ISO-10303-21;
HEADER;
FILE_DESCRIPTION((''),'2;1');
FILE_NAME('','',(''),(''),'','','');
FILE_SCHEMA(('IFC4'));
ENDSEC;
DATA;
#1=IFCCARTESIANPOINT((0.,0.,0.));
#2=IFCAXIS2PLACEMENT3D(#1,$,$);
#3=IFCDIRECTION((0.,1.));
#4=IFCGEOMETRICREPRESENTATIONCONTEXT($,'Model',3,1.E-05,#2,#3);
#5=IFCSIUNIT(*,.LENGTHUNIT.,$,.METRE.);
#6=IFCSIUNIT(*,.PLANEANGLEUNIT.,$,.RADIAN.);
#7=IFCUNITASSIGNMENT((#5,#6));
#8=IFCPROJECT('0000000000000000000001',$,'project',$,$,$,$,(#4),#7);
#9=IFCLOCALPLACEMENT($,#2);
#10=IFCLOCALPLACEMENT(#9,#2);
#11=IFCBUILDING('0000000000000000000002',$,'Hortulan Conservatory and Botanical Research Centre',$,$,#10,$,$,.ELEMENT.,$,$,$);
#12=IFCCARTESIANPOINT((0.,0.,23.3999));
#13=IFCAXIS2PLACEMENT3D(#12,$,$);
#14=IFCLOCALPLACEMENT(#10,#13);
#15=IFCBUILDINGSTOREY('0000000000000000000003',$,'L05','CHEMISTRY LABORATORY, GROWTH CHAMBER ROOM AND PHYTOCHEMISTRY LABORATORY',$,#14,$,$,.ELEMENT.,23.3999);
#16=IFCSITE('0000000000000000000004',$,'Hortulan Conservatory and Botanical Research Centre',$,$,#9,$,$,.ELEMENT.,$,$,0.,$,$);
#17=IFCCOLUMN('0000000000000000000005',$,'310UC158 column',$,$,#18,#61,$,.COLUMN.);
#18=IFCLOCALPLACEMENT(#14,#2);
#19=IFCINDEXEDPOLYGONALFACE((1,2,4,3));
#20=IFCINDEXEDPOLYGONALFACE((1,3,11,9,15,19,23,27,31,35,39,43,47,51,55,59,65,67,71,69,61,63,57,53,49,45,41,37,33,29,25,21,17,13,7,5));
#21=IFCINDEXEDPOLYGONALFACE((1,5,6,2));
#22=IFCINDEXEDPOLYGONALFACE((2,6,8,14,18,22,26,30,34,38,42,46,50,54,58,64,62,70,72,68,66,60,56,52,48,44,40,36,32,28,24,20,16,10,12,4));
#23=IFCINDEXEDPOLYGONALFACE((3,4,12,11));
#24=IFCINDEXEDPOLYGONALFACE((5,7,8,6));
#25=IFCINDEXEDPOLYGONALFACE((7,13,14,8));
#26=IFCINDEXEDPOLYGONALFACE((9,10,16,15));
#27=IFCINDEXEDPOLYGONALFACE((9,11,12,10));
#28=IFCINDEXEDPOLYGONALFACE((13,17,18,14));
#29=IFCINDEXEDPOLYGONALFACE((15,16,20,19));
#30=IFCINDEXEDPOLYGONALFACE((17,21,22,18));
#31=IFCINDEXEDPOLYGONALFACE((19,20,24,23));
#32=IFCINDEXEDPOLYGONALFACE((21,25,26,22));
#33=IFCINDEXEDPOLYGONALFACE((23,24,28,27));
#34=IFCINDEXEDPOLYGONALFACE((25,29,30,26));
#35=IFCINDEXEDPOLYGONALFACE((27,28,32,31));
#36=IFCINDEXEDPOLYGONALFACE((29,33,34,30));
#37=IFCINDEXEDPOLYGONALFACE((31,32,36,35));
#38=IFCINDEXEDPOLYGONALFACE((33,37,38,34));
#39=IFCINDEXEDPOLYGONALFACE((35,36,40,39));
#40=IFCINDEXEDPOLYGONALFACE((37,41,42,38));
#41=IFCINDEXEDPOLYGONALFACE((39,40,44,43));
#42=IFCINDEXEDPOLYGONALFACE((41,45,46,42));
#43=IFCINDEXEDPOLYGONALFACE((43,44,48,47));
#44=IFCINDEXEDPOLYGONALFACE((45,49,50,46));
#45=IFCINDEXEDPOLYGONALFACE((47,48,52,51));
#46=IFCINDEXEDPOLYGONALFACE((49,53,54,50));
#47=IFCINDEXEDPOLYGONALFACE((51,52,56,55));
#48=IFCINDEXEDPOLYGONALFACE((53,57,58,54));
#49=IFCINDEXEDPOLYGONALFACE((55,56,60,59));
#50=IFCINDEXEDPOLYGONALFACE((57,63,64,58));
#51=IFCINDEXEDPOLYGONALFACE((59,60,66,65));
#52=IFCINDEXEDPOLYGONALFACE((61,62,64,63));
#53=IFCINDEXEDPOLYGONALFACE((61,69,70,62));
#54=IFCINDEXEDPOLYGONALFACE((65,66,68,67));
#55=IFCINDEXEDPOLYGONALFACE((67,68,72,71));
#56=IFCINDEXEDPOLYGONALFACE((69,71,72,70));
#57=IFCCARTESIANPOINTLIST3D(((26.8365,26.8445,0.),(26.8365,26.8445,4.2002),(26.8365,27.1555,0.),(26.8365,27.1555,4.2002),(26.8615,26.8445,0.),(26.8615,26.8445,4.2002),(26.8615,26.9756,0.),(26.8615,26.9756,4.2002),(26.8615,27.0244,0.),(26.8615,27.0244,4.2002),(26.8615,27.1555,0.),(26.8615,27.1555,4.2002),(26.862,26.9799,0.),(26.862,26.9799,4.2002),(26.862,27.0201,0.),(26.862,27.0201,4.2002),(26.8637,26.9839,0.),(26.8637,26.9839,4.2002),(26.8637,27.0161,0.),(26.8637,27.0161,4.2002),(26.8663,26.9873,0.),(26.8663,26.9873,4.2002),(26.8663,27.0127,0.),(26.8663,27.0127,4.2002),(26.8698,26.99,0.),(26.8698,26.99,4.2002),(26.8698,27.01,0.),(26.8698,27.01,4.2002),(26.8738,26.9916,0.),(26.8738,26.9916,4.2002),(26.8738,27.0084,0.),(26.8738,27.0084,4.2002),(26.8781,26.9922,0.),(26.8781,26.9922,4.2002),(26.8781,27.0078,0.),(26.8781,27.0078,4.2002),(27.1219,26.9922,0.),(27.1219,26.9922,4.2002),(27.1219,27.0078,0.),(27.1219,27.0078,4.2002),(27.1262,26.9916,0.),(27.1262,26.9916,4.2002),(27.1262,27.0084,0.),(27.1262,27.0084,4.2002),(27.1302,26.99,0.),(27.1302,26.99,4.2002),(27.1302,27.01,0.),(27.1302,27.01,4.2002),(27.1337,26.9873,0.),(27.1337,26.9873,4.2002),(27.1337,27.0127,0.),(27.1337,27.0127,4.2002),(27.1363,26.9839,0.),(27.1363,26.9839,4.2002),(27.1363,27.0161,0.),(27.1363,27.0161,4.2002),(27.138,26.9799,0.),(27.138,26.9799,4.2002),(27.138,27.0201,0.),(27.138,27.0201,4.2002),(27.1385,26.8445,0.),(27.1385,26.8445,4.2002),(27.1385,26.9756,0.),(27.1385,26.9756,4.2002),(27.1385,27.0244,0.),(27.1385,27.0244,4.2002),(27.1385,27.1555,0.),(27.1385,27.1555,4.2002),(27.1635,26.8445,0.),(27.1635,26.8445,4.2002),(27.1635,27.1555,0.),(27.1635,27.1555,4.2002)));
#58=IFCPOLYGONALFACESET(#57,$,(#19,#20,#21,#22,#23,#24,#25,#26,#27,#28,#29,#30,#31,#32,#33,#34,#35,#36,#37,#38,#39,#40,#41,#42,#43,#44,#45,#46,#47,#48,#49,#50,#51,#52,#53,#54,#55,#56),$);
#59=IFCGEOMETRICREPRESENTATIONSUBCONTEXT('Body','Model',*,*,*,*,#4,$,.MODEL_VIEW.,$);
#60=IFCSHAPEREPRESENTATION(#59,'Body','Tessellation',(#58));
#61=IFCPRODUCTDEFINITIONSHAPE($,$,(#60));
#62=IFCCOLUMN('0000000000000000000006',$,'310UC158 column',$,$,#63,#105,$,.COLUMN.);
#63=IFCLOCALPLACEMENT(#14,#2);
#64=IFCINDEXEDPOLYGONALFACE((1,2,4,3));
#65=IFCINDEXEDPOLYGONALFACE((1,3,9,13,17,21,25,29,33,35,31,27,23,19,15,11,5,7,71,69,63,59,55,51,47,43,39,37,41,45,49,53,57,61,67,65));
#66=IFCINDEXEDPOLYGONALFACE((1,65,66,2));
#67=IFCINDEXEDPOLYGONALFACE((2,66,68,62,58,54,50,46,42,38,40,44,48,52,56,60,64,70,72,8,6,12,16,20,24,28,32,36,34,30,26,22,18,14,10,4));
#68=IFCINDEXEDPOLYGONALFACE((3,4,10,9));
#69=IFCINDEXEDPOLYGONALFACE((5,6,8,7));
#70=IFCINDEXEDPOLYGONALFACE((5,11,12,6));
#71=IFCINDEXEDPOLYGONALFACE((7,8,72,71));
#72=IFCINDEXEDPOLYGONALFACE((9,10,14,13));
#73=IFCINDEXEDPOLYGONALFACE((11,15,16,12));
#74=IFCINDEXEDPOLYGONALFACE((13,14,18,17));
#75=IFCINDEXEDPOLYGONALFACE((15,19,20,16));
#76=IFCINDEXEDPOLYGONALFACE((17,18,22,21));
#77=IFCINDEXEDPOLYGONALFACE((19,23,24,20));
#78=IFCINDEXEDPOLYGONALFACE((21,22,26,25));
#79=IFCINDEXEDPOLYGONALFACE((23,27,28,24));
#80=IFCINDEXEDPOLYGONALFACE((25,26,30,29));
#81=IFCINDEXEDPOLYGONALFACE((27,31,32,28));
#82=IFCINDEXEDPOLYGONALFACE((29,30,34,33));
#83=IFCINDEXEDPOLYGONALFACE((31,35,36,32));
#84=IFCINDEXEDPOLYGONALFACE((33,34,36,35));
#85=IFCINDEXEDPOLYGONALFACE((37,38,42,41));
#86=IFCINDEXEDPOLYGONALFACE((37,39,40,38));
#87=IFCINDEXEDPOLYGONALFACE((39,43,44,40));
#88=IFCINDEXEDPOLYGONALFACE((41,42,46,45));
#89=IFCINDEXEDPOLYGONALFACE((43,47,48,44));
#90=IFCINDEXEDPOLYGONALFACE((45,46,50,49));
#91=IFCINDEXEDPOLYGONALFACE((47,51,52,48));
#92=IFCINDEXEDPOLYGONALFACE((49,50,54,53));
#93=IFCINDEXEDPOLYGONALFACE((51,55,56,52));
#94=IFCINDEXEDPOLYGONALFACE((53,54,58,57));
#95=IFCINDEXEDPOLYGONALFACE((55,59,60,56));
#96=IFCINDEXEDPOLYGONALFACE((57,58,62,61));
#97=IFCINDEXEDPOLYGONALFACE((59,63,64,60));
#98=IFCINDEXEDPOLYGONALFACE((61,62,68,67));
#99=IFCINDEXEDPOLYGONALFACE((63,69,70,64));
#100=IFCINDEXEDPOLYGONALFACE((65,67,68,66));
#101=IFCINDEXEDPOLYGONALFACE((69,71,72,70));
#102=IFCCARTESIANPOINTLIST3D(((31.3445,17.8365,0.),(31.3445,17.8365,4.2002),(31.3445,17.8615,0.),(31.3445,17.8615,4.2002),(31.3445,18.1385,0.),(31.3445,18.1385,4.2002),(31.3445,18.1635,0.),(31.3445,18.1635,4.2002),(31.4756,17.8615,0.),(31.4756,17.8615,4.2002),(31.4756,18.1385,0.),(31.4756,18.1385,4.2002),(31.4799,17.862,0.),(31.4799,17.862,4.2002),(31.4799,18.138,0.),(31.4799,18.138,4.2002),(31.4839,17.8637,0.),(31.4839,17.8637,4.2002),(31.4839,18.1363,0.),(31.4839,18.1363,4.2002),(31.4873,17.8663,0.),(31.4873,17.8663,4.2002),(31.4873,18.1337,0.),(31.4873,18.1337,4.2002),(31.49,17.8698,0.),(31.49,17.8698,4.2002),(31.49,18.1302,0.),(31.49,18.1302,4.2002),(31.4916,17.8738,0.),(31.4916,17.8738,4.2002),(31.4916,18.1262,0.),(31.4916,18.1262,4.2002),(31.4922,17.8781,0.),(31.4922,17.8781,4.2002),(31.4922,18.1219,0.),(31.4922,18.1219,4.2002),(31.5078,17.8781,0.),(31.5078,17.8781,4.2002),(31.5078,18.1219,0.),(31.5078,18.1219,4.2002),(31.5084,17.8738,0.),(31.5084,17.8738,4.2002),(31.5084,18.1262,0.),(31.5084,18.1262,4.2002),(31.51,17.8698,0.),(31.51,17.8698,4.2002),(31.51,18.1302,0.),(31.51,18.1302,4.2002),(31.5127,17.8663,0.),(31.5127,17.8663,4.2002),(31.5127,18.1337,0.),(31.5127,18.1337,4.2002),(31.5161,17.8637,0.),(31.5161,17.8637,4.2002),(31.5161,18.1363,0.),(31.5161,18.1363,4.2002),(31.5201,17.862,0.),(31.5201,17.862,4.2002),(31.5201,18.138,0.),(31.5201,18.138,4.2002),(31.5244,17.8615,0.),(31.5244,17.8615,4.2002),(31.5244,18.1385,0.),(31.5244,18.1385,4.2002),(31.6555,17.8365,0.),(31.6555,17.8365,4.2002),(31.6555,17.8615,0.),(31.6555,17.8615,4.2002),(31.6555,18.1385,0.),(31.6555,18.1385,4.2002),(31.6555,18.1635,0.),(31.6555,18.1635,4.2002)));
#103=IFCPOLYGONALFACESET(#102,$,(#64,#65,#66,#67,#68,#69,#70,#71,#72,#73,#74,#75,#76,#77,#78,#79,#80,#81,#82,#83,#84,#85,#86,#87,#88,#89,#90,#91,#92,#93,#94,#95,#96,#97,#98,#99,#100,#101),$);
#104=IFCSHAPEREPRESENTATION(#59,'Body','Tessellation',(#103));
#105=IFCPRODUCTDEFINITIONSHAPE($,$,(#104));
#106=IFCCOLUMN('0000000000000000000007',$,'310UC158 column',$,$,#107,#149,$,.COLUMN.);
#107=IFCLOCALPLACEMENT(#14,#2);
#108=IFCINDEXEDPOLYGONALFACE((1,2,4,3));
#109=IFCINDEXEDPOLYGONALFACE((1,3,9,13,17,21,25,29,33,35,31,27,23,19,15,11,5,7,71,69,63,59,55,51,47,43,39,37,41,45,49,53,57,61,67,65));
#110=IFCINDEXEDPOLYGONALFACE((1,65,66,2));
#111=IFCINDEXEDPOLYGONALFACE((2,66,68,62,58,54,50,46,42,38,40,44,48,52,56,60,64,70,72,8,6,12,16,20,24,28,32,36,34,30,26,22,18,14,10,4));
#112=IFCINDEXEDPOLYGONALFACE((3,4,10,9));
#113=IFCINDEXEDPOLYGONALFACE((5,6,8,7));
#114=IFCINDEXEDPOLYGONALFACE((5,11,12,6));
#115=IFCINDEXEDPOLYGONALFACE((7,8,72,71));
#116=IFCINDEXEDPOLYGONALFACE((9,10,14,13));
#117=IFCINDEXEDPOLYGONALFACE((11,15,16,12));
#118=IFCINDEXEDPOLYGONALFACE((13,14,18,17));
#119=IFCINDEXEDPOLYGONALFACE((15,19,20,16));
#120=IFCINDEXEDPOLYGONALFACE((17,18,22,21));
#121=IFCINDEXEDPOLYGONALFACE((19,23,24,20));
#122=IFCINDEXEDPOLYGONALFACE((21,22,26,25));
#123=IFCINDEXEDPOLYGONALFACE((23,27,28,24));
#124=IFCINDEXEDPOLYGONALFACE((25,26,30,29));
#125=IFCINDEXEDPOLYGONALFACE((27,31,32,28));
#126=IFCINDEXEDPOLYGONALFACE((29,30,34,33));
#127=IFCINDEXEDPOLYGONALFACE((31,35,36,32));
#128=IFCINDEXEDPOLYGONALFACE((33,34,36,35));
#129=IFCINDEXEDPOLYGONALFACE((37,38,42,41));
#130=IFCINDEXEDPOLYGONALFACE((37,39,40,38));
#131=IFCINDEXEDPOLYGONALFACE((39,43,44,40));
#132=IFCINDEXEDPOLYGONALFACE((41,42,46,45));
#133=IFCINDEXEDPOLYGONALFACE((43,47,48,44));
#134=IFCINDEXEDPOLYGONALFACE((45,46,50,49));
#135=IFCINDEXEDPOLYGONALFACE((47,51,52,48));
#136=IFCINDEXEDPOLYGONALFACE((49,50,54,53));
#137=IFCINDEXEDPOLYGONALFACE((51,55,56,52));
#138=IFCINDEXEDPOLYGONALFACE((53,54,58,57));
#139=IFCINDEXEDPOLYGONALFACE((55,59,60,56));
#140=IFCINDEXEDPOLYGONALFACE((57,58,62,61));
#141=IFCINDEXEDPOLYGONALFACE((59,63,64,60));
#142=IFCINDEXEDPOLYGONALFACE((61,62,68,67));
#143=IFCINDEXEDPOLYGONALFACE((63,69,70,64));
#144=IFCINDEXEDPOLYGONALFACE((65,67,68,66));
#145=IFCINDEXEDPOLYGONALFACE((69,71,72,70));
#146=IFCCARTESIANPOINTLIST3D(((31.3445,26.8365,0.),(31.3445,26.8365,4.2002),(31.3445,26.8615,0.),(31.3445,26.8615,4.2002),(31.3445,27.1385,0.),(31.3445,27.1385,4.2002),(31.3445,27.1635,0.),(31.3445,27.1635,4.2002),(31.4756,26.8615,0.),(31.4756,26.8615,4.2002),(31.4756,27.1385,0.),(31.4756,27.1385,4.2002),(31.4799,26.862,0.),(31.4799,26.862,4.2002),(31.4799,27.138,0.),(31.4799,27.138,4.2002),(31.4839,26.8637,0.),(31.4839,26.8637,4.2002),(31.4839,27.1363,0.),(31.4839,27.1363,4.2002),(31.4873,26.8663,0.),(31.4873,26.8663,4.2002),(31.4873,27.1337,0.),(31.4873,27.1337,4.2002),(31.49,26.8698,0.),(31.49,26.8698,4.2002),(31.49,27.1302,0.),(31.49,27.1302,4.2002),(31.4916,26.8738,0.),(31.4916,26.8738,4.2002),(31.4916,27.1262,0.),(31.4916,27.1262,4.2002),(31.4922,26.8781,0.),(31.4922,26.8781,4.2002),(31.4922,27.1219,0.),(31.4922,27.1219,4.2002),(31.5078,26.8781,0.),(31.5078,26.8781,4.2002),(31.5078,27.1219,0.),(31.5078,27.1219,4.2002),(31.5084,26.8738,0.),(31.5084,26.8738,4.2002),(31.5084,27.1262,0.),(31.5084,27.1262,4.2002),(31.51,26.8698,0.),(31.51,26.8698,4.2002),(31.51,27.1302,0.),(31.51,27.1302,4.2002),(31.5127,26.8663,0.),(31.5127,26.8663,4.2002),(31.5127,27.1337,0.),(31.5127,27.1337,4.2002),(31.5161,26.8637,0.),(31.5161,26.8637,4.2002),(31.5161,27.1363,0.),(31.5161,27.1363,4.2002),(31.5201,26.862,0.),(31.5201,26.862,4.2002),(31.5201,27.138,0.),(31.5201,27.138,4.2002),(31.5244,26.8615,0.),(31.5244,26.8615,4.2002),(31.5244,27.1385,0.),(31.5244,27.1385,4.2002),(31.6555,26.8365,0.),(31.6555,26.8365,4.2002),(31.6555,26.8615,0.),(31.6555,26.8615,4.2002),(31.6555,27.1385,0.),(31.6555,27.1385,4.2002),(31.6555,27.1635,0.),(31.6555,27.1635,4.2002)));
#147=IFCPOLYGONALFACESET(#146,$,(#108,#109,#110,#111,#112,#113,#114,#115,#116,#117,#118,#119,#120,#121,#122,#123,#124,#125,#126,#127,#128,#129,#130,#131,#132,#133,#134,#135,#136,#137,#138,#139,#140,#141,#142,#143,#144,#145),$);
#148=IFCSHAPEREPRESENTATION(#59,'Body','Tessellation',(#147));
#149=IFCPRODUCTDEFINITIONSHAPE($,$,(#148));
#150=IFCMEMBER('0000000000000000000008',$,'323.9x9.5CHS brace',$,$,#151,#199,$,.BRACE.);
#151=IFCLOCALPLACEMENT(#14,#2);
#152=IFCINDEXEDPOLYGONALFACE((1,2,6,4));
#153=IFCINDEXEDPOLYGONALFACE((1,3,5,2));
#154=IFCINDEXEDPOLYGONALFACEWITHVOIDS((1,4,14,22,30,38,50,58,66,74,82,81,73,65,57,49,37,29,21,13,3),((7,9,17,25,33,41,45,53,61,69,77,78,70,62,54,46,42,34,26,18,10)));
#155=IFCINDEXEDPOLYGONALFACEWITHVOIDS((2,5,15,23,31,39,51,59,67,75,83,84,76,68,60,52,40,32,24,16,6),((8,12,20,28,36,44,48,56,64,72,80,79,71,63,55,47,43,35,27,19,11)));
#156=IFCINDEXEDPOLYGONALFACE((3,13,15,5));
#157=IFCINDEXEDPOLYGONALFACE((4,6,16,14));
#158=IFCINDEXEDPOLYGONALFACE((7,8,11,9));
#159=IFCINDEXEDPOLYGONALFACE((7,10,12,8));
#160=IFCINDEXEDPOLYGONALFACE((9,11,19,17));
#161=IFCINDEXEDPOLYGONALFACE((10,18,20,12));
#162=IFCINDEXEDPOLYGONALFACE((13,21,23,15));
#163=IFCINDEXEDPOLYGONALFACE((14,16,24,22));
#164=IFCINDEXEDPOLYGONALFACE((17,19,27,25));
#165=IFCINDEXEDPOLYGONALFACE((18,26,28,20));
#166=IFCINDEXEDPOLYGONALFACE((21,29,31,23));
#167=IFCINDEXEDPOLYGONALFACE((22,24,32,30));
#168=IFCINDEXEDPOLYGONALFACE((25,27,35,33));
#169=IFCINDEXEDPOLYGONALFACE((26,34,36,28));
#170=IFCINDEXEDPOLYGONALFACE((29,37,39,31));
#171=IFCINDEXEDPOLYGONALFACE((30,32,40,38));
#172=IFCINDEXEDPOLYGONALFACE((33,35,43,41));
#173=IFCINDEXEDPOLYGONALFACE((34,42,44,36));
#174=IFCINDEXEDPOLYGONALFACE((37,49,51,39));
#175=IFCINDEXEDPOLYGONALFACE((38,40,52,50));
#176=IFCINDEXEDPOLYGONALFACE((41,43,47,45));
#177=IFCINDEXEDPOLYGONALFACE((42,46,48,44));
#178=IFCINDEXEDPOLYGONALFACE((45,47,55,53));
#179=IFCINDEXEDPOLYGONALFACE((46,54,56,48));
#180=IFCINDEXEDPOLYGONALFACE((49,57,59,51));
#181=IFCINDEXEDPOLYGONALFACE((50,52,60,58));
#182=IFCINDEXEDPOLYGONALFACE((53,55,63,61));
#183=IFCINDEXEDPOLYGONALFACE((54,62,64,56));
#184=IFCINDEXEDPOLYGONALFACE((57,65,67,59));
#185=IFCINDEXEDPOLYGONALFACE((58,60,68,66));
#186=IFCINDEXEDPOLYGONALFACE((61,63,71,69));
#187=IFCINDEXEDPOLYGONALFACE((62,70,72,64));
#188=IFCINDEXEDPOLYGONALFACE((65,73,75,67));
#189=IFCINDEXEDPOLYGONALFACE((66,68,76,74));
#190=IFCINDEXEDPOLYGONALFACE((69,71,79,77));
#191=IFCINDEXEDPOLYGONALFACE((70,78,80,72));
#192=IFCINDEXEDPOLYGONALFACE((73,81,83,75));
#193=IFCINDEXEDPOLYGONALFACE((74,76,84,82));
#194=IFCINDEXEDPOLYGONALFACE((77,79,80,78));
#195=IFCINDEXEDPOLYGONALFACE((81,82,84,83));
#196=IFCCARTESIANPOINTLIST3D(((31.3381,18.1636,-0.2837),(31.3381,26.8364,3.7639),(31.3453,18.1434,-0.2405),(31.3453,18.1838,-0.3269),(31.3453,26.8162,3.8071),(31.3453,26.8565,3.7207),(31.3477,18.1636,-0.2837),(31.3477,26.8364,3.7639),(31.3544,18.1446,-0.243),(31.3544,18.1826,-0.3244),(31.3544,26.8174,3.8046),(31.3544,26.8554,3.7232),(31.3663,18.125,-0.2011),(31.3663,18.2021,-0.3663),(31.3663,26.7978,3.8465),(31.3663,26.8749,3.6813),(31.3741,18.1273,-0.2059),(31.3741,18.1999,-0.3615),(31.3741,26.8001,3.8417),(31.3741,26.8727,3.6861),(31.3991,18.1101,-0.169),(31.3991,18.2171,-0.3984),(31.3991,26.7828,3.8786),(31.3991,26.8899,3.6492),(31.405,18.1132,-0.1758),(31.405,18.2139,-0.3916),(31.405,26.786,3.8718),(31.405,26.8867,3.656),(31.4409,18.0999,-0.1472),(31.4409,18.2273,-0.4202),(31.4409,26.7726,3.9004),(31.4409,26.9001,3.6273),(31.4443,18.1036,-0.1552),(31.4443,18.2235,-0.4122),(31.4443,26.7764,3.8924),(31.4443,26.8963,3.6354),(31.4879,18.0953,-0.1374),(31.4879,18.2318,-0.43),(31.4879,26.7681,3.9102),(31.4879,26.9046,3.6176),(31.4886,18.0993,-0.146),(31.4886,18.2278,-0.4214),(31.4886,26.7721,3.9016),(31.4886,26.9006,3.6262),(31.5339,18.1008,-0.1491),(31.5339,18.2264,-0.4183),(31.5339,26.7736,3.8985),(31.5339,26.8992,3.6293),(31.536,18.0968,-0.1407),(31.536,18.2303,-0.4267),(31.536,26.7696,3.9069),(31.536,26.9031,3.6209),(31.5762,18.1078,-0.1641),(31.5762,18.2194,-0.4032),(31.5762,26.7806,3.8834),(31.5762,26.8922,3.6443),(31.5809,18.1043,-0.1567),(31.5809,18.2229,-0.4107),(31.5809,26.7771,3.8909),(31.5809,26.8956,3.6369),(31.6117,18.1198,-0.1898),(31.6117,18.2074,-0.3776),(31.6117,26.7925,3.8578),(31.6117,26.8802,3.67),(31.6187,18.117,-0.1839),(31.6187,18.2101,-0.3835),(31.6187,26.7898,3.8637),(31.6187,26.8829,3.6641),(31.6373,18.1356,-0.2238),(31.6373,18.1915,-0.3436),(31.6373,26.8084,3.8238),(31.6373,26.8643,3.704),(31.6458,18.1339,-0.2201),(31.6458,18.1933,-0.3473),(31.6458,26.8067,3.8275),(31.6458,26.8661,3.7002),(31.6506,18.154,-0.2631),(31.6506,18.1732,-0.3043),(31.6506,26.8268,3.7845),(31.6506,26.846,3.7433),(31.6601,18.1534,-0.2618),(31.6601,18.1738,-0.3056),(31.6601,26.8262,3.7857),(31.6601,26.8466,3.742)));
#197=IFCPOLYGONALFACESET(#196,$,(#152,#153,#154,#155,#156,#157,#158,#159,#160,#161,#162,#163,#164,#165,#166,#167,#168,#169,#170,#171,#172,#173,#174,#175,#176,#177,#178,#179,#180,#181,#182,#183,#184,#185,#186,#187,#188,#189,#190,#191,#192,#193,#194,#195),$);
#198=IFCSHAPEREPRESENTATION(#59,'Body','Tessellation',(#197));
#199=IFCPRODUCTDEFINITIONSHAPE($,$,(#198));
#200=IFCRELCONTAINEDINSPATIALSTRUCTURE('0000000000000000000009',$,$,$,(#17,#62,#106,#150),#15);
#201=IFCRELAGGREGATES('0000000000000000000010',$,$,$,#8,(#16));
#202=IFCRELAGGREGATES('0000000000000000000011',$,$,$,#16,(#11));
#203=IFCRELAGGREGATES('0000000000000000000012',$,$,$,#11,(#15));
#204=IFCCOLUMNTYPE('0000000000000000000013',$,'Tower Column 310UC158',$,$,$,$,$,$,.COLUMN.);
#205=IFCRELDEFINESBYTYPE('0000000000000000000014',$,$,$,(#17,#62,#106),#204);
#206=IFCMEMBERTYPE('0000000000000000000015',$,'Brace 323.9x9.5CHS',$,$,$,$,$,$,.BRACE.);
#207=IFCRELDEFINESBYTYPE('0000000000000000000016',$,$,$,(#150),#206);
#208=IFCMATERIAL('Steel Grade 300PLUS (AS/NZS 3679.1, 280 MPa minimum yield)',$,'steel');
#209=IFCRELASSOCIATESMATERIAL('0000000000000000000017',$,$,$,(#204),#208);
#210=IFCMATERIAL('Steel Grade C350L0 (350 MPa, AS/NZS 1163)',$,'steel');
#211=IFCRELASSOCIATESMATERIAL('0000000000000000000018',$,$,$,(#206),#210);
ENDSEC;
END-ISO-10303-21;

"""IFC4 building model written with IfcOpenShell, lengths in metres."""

from ifc_helpers import new_model, si_unit, direction, frame, origin, origin_2d, place, context, subcontext, project, spatial, hollow_circle, i_section, extrude, material, material_profile, profile_set, type_object, element, save


model = new_model("IFC4")

# Units and contexts
model_context = context("Model", 3, precision=1e-05, world=origin(), true_north=direction((0.0, 1.0)))
body_context = subcontext(model_context, "Body", "Model", "MODEL_VIEW")
ifc_project = project(units=[si_unit("LENGTHUNIT", "METRE"), si_unit("PLANEANGLEUNIT", "RADIAN")], contexts=[model_context])

# Site, building, storey
site_placement = place(None, origin())
site = spatial("IfcSite", under=ifc_project, at=site_placement, Name="Hortulan Conservatory and Botanical Research Centre", CompositionType="ELEMENT", RefElevation=0.0)
building_placement = place(site_placement, origin())
building = spatial("IfcBuilding", under=site, at=building_placement, Name="Hortulan Conservatory and Botanical Research Centre", CompositionType="ELEMENT")
storey_placement = place(building_placement, frame((0.0, 0.0, 23.3999)))
storey = spatial("IfcBuildingStorey", under=building, at=storey_placement, Name="L05", Description="CHEMISTRY LABORATORY, GROWTH CHAMBER ROOM AND PHYTOCHEMISTRY LABORATORY", CompositionType="ELEMENT", Elevation=23.3999)

# Columns
ifc_material_1 = material(Name="Steel Grade 300PLUS (AS/NZS 3679.1, 280 MPa minimum yield)", Category="steel")
ifc_material_profile_1 = material_profile(ifc_material_1, i_section(OverallWidth=0.311, OverallDepth=0.3269, WebThickness=0.0156, FlangeThickness=0.0249, FilletRadius=0.0166, at=origin_2d()), Name="310UC158")
ifc_profile_set_1 = profile_set([ifc_material_profile_1], Name="Steel Grade 300PLUS (AS/NZS 3679.1, 280 MPa minimum yield)")
column_type = type_object("IfcColumnType", Name="Tower Column 310UC158", PredefinedType="COLUMN", material=ifc_profile_set_1)
for number, where, z_axis, x_axis, name in (
    (1, (27.0, 27.0, 0.0), (0.0, 0.0, 1.0), (0.0, 1.0, 0.0), "310UC158 column"),
    (2, (31.5, 18.0, 0.0), (0.0, 0.0, 1.0), (1.0, 0.0, 0.0), "310UC158 column"),
    (3, (31.5, 27.0, 0.0), (0.0, 0.0, 1.0), (1.0, 0.0, 0.0), "310UC158 column"),
):
    element("IfcColumn", number, at=place(storey_placement, frame(where, z_axis=z_axis, x_axis=x_axis)), inside=storey, type_object=column_type, Name=name, PredefinedType="COLUMN", context=body_context, shape_type="SweptSolid", body=[
        extrude(i_section(OverallWidth=0.311, OverallDepth=0.3269, WebThickness=0.0156, FlangeThickness=0.0249, FilletRadius=0.0166, at=origin_2d()), origin(), (0.0, 0.0, 1.0), 4.2002),
    ])

# Member
ifc_material_2 = material(Name="Steel Grade C350L0 (350 MPa, AS/NZS 1163)", Category="steel")
ifc_material_profile_2 = material_profile(ifc_material_2, hollow_circle(Radius=0.1619, WallThickness=0.0095, at=origin_2d()), Name="323.9x9.5CHS")
ifc_profile_set_2 = profile_set([ifc_material_profile_2], Name="Steel Grade C350L0 (350 MPa, AS/NZS 1163)")
member_type_1 = type_object("IfcMemberType", Name="Brace 323.9x9.5CHS", PredefinedType="BRACE", material=ifc_profile_set_2)
member_1_placement = place(storey_placement, frame((31.5, 18.1636, -0.2837), z_axis=(0.0, 0.906172, 0.422909), x_axis=(-1.0, 0.0, 0.0)))
element("IfcMember", 4, at=member_1_placement, inside=storey, type_object=member_type_1, Name="323.9x9.5CHS brace", PredefinedType="BRACE", context=body_context, shape_type="SweptSolid", body=[
    extrude(hollow_circle(Radius=0.1619, WallThickness=0.0095, at=origin_2d()), origin(), (0.0, 0.0, 1.0), 9.5708),
])

save(model, "model.ifc")
